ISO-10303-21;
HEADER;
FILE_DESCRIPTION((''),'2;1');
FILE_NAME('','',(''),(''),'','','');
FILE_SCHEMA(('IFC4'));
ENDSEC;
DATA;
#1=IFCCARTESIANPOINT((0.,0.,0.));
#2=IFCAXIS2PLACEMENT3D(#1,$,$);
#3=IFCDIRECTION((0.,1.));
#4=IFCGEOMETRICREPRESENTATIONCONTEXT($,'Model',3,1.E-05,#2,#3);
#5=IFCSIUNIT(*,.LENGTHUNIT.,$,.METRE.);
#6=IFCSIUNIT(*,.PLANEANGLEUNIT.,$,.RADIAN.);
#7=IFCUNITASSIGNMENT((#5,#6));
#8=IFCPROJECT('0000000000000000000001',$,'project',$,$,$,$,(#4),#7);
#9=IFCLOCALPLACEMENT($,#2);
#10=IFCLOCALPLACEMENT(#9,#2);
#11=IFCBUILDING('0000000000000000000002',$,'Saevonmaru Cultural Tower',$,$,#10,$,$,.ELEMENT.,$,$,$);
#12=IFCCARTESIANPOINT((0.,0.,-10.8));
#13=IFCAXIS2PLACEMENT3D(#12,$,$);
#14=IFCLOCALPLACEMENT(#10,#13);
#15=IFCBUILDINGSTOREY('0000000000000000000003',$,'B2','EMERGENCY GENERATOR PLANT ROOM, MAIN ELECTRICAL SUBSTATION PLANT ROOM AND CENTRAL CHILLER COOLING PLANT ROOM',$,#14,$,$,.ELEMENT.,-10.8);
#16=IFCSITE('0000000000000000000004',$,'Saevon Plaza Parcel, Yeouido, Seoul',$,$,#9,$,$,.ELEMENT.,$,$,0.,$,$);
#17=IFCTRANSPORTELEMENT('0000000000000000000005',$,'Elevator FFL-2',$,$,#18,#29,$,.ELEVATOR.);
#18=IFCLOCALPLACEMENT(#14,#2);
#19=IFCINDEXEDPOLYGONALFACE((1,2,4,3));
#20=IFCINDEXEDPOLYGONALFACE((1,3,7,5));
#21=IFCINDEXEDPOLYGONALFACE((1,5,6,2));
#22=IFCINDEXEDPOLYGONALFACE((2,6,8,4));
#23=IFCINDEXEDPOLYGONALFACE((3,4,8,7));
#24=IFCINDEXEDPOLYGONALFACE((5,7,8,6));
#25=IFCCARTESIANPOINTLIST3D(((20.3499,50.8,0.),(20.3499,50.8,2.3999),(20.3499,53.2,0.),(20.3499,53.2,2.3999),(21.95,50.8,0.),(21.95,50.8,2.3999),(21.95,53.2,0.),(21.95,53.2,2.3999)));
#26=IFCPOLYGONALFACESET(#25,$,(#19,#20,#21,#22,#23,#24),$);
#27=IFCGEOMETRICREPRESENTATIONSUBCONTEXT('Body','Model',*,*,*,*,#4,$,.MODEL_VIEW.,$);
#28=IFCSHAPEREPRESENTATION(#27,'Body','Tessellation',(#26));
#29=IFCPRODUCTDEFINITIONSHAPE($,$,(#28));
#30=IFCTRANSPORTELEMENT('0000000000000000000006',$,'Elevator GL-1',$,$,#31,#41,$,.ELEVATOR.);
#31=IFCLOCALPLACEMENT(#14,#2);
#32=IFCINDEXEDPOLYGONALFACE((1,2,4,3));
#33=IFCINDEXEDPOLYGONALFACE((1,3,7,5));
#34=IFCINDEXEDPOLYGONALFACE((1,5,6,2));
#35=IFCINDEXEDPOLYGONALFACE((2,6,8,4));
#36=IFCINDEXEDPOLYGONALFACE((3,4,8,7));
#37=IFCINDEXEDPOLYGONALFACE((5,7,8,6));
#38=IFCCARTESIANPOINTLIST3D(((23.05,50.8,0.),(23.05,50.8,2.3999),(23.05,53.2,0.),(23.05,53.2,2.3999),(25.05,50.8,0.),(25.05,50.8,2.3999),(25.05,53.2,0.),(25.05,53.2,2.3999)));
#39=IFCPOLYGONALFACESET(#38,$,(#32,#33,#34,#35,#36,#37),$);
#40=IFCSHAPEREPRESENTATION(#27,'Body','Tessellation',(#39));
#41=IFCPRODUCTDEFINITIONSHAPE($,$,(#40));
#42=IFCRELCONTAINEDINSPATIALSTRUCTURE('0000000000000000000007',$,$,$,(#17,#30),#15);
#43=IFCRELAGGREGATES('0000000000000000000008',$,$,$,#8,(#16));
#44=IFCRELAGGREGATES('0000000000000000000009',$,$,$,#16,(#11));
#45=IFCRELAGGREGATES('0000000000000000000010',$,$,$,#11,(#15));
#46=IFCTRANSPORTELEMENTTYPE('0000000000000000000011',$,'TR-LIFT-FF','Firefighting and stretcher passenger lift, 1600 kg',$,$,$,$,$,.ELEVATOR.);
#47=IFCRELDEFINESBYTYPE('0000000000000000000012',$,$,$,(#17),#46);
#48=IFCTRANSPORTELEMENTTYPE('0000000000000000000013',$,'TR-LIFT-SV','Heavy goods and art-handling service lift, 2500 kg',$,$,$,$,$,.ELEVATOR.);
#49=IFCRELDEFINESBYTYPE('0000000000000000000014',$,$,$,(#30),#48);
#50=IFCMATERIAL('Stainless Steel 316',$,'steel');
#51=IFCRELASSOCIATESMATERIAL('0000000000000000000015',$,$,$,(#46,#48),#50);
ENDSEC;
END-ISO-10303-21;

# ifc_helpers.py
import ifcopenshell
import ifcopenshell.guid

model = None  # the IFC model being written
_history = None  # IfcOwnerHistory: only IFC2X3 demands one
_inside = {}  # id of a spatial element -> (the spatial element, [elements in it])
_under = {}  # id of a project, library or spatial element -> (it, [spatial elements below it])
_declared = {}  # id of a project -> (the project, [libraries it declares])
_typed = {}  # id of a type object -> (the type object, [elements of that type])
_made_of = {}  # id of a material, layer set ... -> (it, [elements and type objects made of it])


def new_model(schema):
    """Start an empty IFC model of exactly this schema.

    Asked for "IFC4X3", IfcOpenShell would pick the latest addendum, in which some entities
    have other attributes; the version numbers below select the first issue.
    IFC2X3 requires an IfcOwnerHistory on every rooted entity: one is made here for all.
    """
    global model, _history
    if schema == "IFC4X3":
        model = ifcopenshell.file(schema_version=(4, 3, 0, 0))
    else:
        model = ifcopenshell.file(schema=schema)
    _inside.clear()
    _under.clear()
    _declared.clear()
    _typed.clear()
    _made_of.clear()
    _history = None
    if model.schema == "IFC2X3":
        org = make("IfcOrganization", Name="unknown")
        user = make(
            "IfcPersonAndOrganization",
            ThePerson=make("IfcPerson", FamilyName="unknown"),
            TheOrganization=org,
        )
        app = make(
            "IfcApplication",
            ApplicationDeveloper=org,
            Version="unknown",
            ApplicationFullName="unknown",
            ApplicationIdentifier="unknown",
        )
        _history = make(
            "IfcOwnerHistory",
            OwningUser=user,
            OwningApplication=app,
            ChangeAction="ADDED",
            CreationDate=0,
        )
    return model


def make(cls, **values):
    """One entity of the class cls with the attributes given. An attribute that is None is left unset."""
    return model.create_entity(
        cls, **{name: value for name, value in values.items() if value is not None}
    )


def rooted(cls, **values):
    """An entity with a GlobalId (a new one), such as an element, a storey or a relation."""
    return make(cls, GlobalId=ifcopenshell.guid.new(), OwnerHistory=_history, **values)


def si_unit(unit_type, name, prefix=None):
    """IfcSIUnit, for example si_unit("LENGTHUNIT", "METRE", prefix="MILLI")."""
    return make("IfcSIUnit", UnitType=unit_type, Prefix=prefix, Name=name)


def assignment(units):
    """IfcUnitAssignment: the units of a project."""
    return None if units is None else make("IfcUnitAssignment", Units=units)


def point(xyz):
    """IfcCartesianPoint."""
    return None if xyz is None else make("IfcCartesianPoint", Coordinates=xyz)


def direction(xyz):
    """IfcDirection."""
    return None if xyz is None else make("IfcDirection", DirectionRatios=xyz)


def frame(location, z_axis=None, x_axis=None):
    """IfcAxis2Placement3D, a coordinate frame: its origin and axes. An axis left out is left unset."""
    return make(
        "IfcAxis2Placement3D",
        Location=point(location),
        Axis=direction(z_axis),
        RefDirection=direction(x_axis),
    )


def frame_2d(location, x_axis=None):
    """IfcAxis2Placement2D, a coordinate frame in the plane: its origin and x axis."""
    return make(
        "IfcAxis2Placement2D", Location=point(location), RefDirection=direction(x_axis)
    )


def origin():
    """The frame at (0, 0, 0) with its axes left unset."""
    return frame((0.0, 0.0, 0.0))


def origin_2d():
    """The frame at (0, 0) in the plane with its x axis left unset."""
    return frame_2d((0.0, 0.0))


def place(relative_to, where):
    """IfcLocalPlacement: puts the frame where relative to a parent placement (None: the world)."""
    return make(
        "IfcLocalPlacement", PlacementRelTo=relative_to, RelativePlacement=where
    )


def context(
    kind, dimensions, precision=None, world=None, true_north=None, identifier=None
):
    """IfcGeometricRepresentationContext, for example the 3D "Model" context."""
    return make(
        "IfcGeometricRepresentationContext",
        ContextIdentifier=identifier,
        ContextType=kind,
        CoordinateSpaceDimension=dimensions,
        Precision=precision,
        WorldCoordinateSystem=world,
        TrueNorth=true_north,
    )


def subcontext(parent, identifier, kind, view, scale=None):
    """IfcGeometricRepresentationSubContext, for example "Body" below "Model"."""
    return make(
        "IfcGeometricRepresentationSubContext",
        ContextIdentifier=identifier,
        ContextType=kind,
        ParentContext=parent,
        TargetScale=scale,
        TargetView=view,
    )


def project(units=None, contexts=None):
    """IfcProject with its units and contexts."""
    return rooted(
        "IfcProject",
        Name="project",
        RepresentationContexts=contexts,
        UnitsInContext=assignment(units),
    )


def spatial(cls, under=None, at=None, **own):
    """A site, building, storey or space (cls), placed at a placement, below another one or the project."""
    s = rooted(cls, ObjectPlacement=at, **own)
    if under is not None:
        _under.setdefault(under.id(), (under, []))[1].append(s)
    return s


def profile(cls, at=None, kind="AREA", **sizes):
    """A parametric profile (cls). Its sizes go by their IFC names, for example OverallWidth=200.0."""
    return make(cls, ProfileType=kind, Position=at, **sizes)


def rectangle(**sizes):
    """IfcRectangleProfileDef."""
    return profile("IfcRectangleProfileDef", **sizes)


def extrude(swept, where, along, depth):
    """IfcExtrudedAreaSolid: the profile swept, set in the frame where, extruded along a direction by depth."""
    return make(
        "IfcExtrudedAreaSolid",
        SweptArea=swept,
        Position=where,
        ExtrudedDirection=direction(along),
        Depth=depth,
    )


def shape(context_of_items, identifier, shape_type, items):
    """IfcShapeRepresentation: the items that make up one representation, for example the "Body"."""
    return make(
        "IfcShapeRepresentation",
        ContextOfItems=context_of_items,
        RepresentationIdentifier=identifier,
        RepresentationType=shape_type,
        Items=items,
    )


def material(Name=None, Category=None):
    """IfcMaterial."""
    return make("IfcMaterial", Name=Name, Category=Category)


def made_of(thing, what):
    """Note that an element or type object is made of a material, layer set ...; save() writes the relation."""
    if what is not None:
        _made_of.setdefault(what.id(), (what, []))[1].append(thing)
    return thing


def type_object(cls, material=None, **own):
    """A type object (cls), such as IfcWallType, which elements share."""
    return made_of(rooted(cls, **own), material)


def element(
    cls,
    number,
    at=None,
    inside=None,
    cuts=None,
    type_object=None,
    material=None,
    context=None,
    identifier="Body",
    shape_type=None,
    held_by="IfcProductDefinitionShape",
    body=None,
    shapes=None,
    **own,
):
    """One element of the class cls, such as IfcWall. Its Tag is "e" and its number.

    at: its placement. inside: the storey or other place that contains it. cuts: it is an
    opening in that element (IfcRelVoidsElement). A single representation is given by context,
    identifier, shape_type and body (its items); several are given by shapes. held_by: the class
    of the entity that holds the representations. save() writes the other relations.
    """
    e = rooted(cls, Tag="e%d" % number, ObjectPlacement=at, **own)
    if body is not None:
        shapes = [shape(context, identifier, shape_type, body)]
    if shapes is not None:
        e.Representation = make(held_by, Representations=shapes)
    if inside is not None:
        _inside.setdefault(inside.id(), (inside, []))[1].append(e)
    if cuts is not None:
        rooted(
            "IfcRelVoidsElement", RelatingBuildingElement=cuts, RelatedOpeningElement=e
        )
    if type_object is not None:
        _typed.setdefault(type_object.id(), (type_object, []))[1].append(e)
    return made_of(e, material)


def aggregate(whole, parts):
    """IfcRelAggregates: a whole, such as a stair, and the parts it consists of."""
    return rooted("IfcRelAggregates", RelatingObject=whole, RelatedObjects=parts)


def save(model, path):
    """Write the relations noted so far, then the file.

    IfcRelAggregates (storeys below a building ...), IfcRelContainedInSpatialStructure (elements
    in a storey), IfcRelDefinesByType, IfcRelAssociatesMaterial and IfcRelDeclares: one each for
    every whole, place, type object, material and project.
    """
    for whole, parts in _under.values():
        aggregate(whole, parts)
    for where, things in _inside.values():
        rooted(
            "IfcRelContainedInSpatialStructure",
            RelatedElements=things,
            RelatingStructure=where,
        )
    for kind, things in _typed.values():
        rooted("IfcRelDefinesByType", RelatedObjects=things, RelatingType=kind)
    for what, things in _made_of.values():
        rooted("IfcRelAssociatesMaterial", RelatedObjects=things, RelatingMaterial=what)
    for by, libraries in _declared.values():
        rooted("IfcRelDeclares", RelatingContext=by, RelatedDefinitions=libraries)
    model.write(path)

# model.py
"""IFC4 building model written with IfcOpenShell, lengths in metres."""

from ifc_helpers import new_model, si_unit, direction, frame, origin, origin_2d, place, context, subcontext, project, spatial, rectangle, extrude, material, type_object, element, save


model = new_model("IFC4")

# Units and contexts
model_context = context("Model", 3, precision=1e-05, world=origin(), true_north=direction((0.0, 1.0)))
body_context = subcontext(model_context, "Body", "Model", "MODEL_VIEW")
ifc_project = project(units=[si_unit("LENGTHUNIT", "METRE"), si_unit("PLANEANGLEUNIT", "RADIAN")], contexts=[model_context])

# Site, building, storey
site_placement = place(None, origin())
site = spatial("IfcSite", under=ifc_project, at=site_placement, Name="Saevon Plaza Parcel, Yeouido, Seoul", CompositionType="ELEMENT", RefElevation=0.0)
building_placement = place(site_placement, origin())
building = spatial("IfcBuilding", under=site, at=building_placement, Name="Saevonmaru Cultural Tower", CompositionType="ELEMENT")
storey_placement = place(building_placement, frame((0.0, 0.0, -10.8)))
storey = spatial("IfcBuildingStorey", under=building, at=storey_placement, Name="B2", Description="EMERGENCY GENERATOR PLANT ROOM, MAIN ELECTRICAL SUBSTATION PLANT ROOM AND CENTRAL CHILLER COOLING PLANT ROOM", CompositionType="ELEMENT", Elevation=-10.8)

# Transport elements
ifc_material_1 = material(Name="Stainless Steel 316", Category="steel")
transport_element_type_1 = type_object("IfcTransportElementType", Name="TR-LIFT-FF", Description="Firefighting and stretcher passenger lift, 1600 kg", PredefinedType="ELEVATOR", material=ifc_material_1)
for number, where, z_axis, x_axis, name in (
    (1, (21.1499, 52.0, 0.0), (0.0, 0.0, 1.0), (1.0, 0.0, 0.0), "Elevator FFL-2"),
):
    element("IfcTransportElement", number, at=place(storey_placement, frame(where, z_axis=z_axis, x_axis=x_axis)), inside=storey, type_object=transport_element_type_1, Name=name, PredefinedType="ELEVATOR", context=body_context, shape_type="SweptSolid", body=[
        extrude(rectangle(XDim=1.6001, YDim=2.3999, at=origin_2d()), origin(), (0.0, 0.0, 1.0), 2.3999),
    ])
transport_element_type_2 = type_object("IfcTransportElementType", Name="TR-LIFT-SV", Description="Heavy goods and art-handling service lift, 2500 kg", PredefinedType="ELEVATOR", material=ifc_material_1)
transport_element_placement = place(storey_placement, frame((24.05, 52.0, 0.0), z_axis=(0.0, 0.0, 1.0), x_axis=(1.0, 0.0, 0.0)))
element("IfcTransportElement", 2, at=transport_element_placement, inside=storey, type_object=transport_element_type_2, Name="Elevator GL-1", PredefinedType="ELEVATOR", context=body_context, shape_type="SweptSolid", body=[
    extrude(rectangle(XDim=2.0, YDim=2.3999, at=origin_2d()), origin(), (0.0, 0.0, 1.0), 2.3999),
])

save(model, "model.ifc")
